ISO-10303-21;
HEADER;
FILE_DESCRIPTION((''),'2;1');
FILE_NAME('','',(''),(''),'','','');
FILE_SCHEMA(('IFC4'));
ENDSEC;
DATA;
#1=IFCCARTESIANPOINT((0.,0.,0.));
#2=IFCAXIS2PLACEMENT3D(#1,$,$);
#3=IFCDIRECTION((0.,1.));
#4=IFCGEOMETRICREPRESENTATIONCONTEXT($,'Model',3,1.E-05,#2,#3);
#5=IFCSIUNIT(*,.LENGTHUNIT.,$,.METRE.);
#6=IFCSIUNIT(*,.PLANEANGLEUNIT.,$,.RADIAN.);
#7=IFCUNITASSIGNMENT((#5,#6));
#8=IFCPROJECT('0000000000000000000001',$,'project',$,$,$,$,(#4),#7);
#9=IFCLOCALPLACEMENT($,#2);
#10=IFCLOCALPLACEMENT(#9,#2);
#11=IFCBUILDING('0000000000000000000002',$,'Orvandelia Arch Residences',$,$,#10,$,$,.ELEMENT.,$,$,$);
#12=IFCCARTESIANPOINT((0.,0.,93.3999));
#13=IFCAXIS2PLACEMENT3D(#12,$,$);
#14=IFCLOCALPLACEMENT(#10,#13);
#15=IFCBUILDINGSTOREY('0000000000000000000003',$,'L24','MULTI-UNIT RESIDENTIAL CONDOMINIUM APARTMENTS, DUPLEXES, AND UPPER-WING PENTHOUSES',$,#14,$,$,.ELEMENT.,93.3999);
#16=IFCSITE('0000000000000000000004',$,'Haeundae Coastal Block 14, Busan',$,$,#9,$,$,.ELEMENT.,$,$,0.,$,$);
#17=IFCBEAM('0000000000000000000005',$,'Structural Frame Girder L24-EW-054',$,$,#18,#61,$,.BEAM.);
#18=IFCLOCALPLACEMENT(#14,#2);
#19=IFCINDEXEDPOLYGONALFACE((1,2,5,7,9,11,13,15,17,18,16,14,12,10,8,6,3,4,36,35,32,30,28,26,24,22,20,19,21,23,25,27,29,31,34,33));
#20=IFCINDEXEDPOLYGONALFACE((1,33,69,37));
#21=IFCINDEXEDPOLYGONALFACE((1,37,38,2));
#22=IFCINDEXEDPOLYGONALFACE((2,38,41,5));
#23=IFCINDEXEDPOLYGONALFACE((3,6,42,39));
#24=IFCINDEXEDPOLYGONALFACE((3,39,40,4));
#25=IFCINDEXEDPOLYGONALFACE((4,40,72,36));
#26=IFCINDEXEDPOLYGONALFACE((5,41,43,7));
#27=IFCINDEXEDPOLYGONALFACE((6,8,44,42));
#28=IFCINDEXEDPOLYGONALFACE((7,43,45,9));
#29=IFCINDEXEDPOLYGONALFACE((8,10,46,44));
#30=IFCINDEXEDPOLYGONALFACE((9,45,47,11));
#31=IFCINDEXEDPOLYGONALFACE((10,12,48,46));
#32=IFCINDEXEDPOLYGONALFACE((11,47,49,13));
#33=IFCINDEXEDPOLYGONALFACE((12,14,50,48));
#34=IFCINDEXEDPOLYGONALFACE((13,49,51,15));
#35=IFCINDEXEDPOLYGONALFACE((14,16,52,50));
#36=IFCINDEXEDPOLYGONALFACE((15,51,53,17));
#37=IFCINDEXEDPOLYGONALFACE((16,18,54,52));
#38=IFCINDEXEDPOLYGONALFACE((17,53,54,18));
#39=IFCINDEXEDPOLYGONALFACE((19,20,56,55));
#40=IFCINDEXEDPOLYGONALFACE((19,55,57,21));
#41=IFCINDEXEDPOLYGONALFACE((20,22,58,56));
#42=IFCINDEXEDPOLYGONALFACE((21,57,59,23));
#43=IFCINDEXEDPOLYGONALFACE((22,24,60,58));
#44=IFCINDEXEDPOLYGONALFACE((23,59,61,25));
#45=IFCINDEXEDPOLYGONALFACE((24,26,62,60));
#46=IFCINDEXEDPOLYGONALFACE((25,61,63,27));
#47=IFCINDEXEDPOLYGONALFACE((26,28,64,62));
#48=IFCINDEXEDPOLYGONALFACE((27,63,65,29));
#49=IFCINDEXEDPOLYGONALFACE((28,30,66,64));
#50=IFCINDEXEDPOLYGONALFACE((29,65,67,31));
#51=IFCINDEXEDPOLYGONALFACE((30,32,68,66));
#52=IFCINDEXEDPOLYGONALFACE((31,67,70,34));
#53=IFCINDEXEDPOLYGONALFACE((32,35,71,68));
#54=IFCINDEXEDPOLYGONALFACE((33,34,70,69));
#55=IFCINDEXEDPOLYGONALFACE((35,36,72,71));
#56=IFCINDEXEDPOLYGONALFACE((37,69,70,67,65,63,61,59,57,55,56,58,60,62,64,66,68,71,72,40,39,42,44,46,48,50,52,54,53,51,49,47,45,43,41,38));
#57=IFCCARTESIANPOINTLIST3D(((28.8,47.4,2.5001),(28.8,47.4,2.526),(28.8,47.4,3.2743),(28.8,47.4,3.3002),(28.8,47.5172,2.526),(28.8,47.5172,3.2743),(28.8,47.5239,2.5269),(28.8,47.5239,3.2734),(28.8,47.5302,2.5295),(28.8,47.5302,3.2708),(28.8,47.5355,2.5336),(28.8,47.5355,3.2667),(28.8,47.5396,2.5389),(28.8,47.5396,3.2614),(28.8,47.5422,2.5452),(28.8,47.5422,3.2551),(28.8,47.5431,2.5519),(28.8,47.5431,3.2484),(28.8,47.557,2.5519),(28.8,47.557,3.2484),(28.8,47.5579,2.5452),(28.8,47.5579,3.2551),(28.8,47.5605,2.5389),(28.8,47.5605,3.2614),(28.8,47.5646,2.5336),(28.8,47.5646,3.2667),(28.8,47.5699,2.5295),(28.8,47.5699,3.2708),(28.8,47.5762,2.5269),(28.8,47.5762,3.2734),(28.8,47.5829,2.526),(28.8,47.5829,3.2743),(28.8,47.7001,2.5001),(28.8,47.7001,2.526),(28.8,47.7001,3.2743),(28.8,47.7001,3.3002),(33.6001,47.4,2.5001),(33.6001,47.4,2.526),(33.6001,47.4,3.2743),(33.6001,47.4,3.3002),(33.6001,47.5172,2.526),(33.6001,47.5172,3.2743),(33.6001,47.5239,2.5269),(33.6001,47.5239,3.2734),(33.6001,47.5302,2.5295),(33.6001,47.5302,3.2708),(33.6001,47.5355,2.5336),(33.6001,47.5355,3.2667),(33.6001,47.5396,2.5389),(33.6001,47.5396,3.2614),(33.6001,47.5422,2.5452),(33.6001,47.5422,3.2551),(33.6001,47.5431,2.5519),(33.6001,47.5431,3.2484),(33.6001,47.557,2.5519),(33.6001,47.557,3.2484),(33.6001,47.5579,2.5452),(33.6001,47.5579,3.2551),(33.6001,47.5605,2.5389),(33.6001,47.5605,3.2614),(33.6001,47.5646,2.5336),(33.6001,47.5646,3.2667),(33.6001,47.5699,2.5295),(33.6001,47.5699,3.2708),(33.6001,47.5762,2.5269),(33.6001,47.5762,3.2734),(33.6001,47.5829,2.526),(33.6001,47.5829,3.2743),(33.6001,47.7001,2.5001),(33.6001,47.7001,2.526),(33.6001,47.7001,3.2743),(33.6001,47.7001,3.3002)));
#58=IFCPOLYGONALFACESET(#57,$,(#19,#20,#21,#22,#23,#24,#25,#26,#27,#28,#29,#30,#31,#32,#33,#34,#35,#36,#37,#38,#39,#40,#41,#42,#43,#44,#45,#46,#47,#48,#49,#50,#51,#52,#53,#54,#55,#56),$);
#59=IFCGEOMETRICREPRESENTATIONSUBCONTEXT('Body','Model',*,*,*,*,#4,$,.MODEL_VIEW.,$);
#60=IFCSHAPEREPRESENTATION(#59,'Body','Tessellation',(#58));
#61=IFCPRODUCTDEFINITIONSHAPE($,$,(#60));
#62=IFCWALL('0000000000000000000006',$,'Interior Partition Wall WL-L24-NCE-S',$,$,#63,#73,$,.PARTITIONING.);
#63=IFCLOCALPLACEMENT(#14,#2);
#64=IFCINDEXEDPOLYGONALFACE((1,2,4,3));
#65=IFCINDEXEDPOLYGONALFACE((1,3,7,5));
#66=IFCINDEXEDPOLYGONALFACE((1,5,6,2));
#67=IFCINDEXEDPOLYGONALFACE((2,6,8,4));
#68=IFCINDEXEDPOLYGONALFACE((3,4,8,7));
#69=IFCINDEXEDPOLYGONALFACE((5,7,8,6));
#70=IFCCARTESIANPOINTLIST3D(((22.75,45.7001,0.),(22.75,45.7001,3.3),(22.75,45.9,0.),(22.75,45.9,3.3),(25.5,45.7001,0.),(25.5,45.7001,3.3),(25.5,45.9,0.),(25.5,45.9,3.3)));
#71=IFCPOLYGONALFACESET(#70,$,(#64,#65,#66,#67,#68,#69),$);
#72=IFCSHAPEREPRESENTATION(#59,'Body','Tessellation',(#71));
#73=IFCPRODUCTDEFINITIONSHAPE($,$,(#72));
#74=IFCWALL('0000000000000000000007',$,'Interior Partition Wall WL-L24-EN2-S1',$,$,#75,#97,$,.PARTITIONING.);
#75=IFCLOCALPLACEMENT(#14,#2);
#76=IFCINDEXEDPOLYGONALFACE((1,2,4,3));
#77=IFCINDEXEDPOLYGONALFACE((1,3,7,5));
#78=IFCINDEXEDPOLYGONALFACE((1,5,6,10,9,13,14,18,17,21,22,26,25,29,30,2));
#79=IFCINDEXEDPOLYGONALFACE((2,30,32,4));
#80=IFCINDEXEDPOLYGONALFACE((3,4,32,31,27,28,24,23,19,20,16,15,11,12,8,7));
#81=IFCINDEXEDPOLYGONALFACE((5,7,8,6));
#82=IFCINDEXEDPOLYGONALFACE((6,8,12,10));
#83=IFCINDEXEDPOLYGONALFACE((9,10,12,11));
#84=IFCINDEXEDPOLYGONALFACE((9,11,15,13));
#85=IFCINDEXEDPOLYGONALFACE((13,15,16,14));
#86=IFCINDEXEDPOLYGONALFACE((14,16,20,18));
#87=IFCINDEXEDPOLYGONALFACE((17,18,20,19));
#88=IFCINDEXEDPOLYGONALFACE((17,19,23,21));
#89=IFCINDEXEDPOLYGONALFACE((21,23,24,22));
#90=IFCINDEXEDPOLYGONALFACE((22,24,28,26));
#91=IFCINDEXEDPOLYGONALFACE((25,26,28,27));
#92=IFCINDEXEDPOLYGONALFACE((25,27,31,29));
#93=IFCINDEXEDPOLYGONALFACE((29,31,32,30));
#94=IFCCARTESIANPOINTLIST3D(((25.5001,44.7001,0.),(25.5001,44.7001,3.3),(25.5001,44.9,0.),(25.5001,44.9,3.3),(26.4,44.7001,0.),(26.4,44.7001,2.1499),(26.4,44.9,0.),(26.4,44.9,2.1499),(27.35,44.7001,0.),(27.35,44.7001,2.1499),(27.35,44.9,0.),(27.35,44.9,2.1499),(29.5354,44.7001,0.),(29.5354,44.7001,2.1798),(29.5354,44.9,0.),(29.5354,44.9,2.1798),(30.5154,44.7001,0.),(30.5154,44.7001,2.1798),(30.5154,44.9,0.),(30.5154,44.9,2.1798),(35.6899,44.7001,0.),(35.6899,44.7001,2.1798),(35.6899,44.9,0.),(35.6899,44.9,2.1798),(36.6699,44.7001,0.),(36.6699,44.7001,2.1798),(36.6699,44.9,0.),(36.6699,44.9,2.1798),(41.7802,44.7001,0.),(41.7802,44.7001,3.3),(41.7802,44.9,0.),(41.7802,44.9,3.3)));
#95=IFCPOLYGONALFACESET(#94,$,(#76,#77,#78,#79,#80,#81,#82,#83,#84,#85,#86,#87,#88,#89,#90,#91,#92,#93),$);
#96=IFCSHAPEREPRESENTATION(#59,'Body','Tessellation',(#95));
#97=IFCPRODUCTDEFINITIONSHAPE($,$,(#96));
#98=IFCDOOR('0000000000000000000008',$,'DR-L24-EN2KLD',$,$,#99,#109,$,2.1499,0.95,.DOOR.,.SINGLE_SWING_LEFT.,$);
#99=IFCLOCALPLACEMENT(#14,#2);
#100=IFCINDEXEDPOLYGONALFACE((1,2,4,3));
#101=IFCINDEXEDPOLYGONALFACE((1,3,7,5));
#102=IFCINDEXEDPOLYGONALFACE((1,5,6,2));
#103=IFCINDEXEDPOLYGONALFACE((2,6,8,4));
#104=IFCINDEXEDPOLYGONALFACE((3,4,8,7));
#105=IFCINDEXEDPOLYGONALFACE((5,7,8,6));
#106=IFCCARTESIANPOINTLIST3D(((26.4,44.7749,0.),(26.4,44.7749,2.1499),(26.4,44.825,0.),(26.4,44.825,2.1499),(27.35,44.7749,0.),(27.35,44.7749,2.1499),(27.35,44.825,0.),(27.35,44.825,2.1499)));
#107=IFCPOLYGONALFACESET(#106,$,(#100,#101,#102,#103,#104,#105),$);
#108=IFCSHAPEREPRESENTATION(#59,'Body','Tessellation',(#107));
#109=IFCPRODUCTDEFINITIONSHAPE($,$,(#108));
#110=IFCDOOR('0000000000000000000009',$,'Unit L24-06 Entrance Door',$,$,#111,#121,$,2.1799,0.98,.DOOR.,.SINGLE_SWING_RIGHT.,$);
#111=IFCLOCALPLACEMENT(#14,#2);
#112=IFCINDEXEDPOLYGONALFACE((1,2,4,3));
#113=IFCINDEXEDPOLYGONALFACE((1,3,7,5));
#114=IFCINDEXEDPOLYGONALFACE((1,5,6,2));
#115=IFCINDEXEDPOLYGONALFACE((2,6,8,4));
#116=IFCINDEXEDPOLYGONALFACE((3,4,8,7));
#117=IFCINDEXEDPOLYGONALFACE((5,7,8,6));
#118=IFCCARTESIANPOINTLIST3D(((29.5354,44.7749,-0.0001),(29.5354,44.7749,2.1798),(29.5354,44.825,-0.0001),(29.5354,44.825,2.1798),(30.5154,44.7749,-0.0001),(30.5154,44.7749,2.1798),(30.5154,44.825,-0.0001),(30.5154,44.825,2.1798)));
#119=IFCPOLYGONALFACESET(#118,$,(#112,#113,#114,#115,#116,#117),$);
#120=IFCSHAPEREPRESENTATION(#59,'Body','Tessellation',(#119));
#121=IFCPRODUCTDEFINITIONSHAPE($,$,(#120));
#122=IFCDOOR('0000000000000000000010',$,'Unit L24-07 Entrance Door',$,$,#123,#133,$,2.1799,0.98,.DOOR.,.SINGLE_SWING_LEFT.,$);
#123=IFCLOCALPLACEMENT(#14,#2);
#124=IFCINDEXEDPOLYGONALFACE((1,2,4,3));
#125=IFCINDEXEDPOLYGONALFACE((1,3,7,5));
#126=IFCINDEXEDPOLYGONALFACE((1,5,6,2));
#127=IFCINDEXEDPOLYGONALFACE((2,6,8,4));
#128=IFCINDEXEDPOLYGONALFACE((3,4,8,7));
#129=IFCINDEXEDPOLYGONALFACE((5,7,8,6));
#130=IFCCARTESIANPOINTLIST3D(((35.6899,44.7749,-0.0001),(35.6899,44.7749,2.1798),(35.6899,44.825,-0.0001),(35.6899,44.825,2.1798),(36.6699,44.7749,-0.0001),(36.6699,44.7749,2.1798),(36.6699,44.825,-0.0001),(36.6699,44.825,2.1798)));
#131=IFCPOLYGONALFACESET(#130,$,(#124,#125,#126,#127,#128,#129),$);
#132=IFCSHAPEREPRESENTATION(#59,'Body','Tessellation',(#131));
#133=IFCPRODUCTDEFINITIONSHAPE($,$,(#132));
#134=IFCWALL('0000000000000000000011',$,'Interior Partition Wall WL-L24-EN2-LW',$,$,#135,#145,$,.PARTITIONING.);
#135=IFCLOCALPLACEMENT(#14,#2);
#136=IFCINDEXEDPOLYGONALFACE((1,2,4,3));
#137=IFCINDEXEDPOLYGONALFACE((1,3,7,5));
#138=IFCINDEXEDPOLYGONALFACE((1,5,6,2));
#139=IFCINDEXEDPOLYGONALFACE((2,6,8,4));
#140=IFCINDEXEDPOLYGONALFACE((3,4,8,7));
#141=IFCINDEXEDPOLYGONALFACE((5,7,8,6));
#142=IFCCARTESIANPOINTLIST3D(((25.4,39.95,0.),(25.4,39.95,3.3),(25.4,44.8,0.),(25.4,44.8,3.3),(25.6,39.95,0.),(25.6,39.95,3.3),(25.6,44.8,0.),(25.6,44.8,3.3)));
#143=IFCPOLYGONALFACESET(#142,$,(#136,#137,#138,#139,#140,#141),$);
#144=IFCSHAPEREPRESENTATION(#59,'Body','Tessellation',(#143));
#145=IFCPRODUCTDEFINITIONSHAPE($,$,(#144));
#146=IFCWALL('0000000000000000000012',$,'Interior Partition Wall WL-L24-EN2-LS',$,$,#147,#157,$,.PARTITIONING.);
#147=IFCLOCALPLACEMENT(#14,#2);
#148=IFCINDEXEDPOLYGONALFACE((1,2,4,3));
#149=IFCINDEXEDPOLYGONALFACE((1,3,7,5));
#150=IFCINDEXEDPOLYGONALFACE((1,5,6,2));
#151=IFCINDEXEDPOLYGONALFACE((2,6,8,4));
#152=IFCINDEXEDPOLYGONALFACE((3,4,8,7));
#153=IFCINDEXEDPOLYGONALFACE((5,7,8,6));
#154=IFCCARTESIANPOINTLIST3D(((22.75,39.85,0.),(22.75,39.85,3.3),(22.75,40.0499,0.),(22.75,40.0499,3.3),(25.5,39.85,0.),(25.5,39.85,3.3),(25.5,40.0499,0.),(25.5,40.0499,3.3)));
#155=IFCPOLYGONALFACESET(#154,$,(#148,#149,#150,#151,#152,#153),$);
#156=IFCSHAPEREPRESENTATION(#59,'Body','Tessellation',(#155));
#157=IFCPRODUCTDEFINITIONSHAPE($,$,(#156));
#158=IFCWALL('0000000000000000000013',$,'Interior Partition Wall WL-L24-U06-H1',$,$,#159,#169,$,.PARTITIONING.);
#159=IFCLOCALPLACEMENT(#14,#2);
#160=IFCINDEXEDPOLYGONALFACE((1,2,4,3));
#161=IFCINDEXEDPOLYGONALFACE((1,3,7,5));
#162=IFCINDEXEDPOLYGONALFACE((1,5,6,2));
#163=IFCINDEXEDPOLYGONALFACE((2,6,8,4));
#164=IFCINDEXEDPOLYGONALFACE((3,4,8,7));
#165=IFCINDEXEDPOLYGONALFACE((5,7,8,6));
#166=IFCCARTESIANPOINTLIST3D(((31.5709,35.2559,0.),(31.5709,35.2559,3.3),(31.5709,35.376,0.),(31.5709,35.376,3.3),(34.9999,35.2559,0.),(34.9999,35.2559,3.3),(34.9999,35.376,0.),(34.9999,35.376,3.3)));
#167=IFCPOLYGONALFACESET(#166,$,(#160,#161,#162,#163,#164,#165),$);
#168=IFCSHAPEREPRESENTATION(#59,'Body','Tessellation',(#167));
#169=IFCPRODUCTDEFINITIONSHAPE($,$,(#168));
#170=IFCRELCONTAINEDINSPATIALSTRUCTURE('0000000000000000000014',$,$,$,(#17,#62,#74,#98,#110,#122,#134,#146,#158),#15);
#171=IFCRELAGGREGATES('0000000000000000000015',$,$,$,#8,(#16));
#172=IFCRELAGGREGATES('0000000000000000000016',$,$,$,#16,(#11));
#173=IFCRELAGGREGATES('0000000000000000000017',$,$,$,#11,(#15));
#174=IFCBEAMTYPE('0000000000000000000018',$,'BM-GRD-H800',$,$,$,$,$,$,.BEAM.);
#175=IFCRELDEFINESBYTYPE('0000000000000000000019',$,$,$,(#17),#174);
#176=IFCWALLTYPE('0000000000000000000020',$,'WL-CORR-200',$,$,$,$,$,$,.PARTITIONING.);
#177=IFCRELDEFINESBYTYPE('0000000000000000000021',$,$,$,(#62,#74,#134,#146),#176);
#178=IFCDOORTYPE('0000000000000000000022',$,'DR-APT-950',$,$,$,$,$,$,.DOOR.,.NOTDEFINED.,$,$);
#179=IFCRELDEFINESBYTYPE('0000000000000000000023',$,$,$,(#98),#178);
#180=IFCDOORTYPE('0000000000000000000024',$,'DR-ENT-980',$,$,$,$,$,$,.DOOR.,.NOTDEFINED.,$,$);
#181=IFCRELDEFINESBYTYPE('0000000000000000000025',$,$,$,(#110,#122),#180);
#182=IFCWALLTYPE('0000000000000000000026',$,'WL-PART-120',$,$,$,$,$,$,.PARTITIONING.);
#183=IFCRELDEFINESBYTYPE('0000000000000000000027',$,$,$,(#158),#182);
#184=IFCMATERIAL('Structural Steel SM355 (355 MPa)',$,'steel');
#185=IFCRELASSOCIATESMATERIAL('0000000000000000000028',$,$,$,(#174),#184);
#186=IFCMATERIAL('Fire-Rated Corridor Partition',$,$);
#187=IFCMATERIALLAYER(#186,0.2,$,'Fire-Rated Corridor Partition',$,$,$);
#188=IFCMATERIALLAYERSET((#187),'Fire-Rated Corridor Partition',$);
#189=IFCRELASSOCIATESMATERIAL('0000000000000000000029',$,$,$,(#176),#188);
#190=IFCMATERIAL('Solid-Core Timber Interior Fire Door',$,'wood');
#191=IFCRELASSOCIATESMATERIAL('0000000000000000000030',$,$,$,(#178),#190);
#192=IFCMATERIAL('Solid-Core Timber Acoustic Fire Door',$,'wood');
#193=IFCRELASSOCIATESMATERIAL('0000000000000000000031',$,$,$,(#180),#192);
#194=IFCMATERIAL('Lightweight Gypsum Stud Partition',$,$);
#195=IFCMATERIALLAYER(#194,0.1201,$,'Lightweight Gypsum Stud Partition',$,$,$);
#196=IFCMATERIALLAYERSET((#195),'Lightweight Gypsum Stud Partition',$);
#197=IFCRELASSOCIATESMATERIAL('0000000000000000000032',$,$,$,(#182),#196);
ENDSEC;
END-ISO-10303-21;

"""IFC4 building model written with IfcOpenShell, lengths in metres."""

from ifc_helpers import new_model, si_unit, direction, frame, frame_2d, origin, origin_2d, place, context, subcontext, project, spatial, rectangle, i_section, extrude, material, layer, layer_set, material_profile, profile_set, type_object, element, fill, save


model = new_model("IFC4")

# Units and contexts
model_context = context("Model", 3, precision=1e-05, world=origin(), true_north=direction((0.0, 1.0)))
body_context = subcontext(model_context, "Body", "Model", "MODEL_VIEW")
ifc_project = project(units=[si_unit("LENGTHUNIT", "METRE"), si_unit("PLANEANGLEUNIT", "RADIAN")], contexts=[model_context])

# Site, building, storey
site_placement = place(None, origin())
site = spatial("IfcSite", under=ifc_project, at=site_placement, Name="Haeundae Coastal Block 14, Busan", CompositionType="ELEMENT", RefElevation=0.0)
building_placement = place(site_placement, origin())
building = spatial("IfcBuilding", under=site, at=building_placement, Name="Orvandelia Arch Residences", CompositionType="ELEMENT")
storey_placement = place(building_placement, frame((0.0, 0.0, 93.3999)))
storey = spatial("IfcBuildingStorey", under=building, at=storey_placement, Name="L24", Description="MULTI-UNIT RESIDENTIAL CONDOMINIUM APARTMENTS, DUPLEXES, AND UPPER-WING PENTHOUSES", CompositionType="ELEMENT", Elevation=93.3999)

# Beam
ifc_material_1 = material(Name="Structural Steel SM355 (355 MPa)", Category="steel")
ifc_material_profile_1 = material_profile(ifc_material_1, i_section(OverallWidth=0.3, OverallDepth=0.8, WebThickness=0.0139, FlangeThickness=0.0259, FilletRadius=0.0259, at=origin_2d()), Name="Structural Steel SM355 (355 MPa)", Category="steel")
ifc_profile_set_1 = profile_set([ifc_material_profile_1], Name="Structural Steel SM355 (355 MPa)")
beam_type = type_object("IfcBeamType", Name="BM-GRD-H800", PredefinedType="BEAM", material=ifc_profile_set_1)
beam_1_placement = place(storey_placement, frame((28.8, 47.55, 2.9001), z_axis=(1.0, 0.0, 0.0), x_axis=(0.0, 1.0, 0.0)))
element("IfcBeam", 1, at=beam_1_placement, inside=storey, type_object=beam_type, Name="Structural Frame Girder L24-EW-054", PredefinedType="BEAM", context=body_context, shape_type="SweptSolid", body=[
    extrude(i_section(OverallWidth=0.3, OverallDepth=0.8, WebThickness=0.0139, FlangeThickness=0.0259, FilletRadius=0.0259, at=origin_2d()), origin(), (0.0, 0.0, 1.0), 4.8),
])

# Wall
ifc_material_2 = material(Name="Fire-Rated Corridor Partition")
ifc_layer_1 = layer(ifc_material_2, 0.2, Name="Fire-Rated Corridor Partition")
ifc_layer_set_1 = layer_set([ifc_layer_1], Name="Fire-Rated Corridor Partition")
wall_type_1 = type_object("IfcWallType", Name="WL-CORR-200", PredefinedType="PARTITIONING", material=ifc_layer_set_1)
wall_1_placement = place(storey_placement, frame((22.75, 45.8, 0.0), z_axis=(0.0, 0.0, 1.0), x_axis=(1.0, 0.0, 0.0)))
element("IfcWall", 2, at=wall_1_placement, inside=storey, type_object=wall_type_1, Name="Interior Partition Wall WL-L24-NCE-S", PredefinedType="PARTITIONING", context=body_context, shape_type="SweptSolid", body=[
    extrude(rectangle(XDim=2.75, YDim=0.2, at=frame_2d((1.375, 0.0))), origin(), (0.0, 0.0, 1.0), 3.3),
])

# Wall, openings, doors
wall_2_placement = place(storey_placement, frame((25.5, 44.8, 0.0), z_axis=(0.0, 0.0, 1.0), x_axis=(1.0, 0.0, 0.0)))
wall_2 = element("IfcWall", 3, at=wall_2_placement, inside=storey, type_object=wall_type_1, Name="Interior Partition Wall WL-L24-EN2-S1", PredefinedType="PARTITIONING", context=body_context, shape_type="SweptSolid", body=[
    extrude(rectangle(XDim=16.28, YDim=0.2, at=frame_2d((8.1401, 0.0))), origin(), (0.0, 0.0, 1.0), 3.3),
])
opening_1_placement = place(wall_2_placement, frame((0.8999, 0.0, 0.0)))
opening_1 = element("IfcOpeningElement", 4, at=opening_1_placement, cuts=wall_2, PredefinedType="OPENING", context=body_context, shape_type="SweptSolid", body=[
    extrude(rectangle(XDim=0.95, YDim=2.1499, at=frame_2d((0.4751, 1.075))), frame((0.0, 0.1099, 0.0), z_axis=(0.0, -1.0, 0.0), x_axis=(1.0, 0.0, 0.0)), (0.0, 0.0, 1.0), 0.22),
])
opening_2_placement = place(wall_2_placement, frame((4.0354, 0.0, 0.0)))
opening_2 = element("IfcOpeningElement", 5, at=opening_2_placement, cuts=wall_2, PredefinedType="OPENING", context=body_context, shape_type="SweptSolid", body=[
    extrude(rectangle(XDim=0.98, YDim=2.1799, at=frame_2d((0.49, 1.0898))), frame((0.0, 0.1099, 0.0), z_axis=(0.0, -1.0, 0.0), x_axis=(1.0, 0.0, 0.0)), (0.0, 0.0, 1.0), 0.22),
])
opening_3_placement = place(wall_2_placement, frame((10.1899, 0.0, 0.0)))
opening_3 = element("IfcOpeningElement", 6, at=opening_3_placement, cuts=wall_2, PredefinedType="OPENING", context=body_context, shape_type="SweptSolid", body=[
    extrude(rectangle(XDim=0.98, YDim=2.1799, at=frame_2d((0.49, 1.0898))), frame((0.0, 0.1099, 0.0), z_axis=(0.0, -1.0, 0.0), x_axis=(1.0, 0.0, 0.0)), (0.0, 0.0, 1.0), 0.22),
])
ifc_material_3 = material(Name="Solid-Core Timber Interior Fire Door", Category="wood")
door_type_1 = type_object("IfcDoorType", Name="DR-APT-950", OperationType="NOTDEFINED", PredefinedType="DOOR", material=ifc_material_3)
door_1_placement = place(opening_1_placement, origin())
door_1 = element("IfcDoor", 7, at=door_1_placement, inside=storey, type_object=door_type_1, Name="DR-L24-EN2KLD", OperationType="SINGLE_SWING_LEFT", OverallHeight=2.1499, OverallWidth=0.95, PredefinedType="DOOR", context=body_context, shape_type="SweptSolid", body=[
    extrude(rectangle(XDim=0.95, YDim=2.1499, at=frame_2d((0.4751, 1.075))), frame((0.0, 0.0249, 0.0), z_axis=(0.0, -1.0, 0.0), x_axis=(1.0, 0.0, 0.0)), (0.0, 0.0, 1.0), 0.05),
])
fill(opening_1, door_1)
ifc_material_4 = material(Name="Solid-Core Timber Acoustic Fire Door", Category="wood")
door_type_2 = type_object("IfcDoorType", Name="DR-ENT-980", OperationType="NOTDEFINED", PredefinedType="DOOR", material=ifc_material_4)
door_2_placement = place(opening_2_placement, origin())
door_2 = element("IfcDoor", 8, at=door_2_placement, inside=storey, type_object=door_type_2, Name="Unit L24-06 Entrance Door", OperationType="SINGLE_SWING_RIGHT", OverallHeight=2.1799, OverallWidth=0.98, PredefinedType="DOOR", context=body_context, shape_type="SweptSolid", body=[
    extrude(rectangle(XDim=0.98, YDim=2.1799, at=frame_2d((0.49, 1.0898))), frame((0.0, 0.0249, 0.0), z_axis=(0.0, -1.0, 0.0), x_axis=(1.0, 0.0, 0.0)), (0.0, 0.0, 1.0), 0.05),
])
fill(opening_2, door_2)
door_3_placement = place(opening_3_placement, origin())
door_3 = element("IfcDoor", 9, at=door_3_placement, inside=storey, type_object=door_type_2, Name="Unit L24-07 Entrance Door", OperationType="SINGLE_SWING_LEFT", OverallHeight=2.1799, OverallWidth=0.98, PredefinedType="DOOR", context=body_context, shape_type="SweptSolid", body=[
    extrude(rectangle(XDim=0.98, YDim=2.1799, at=frame_2d((0.49, 1.0898))), frame((0.0, 0.0249, 0.0), z_axis=(0.0, -1.0, 0.0), x_axis=(1.0, 0.0, 0.0)), (0.0, 0.0, 1.0), 0.05),
])
fill(opening_3, door_3)

# Walls
wall_3_placement = place(storey_placement, frame((25.5, 39.95, 0.0), z_axis=(0.0, 0.0, 1.0), x_axis=(0.0, 1.0, 0.0)))
element("IfcWall", 10, at=wall_3_placement, inside=storey, type_object=wall_type_1, Name="Interior Partition Wall WL-L24-EN2-LW", PredefinedType="PARTITIONING", context=body_context, shape_type="SweptSolid", body=[
    extrude(rectangle(XDim=4.8501, YDim=0.2, at=frame_2d((2.425, 0.0))), origin(), (0.0, 0.0, 1.0), 3.3),
])
wall_4_placement = place(storey_placement, frame((22.75, 39.95, 0.0), z_axis=(0.0, 0.0, 1.0), x_axis=(1.0, 0.0, 0.0)))
element("IfcWall", 11, at=wall_4_placement, inside=storey, type_object=wall_type_1, Name="Interior Partition Wall WL-L24-EN2-LS", PredefinedType="PARTITIONING", context=body_context, shape_type="SweptSolid", body=[
    extrude(rectangle(XDim=2.75, YDim=0.2, at=frame_2d((1.375, 0.0))), origin(), (0.0, 0.0, 1.0), 3.3),
])
ifc_material_5 = material(Name="Lightweight Gypsum Stud Partition")
ifc_layer_2 = layer(ifc_material_5, 0.1201, Name="Lightweight Gypsum Stud Partition")
ifc_layer_set_2 = layer_set([ifc_layer_2], Name="Lightweight Gypsum Stud Partition")
wall_type_2 = type_object("IfcWallType", Name="WL-PART-120", PredefinedType="PARTITIONING", material=ifc_layer_set_2)
wall_5_placement = place(storey_placement, frame((31.571, 35.3159, 0.0), z_axis=(0.0, 0.0, 1.0), x_axis=(1.0, 0.0, 0.0)))
element("IfcWall", 12, at=wall_5_placement, inside=storey, type_object=wall_type_2, Name="Interior Partition Wall WL-L24-U06-H1", PredefinedType="PARTITIONING", context=body_context, shape_type="SweptSolid", body=[
    extrude(rectangle(XDim=3.429, YDim=0.1201, at=frame_2d((1.7144, 0.0))), origin(), (0.0, 0.0, 1.0), 3.3),
])

save(model, "model.ifc")
